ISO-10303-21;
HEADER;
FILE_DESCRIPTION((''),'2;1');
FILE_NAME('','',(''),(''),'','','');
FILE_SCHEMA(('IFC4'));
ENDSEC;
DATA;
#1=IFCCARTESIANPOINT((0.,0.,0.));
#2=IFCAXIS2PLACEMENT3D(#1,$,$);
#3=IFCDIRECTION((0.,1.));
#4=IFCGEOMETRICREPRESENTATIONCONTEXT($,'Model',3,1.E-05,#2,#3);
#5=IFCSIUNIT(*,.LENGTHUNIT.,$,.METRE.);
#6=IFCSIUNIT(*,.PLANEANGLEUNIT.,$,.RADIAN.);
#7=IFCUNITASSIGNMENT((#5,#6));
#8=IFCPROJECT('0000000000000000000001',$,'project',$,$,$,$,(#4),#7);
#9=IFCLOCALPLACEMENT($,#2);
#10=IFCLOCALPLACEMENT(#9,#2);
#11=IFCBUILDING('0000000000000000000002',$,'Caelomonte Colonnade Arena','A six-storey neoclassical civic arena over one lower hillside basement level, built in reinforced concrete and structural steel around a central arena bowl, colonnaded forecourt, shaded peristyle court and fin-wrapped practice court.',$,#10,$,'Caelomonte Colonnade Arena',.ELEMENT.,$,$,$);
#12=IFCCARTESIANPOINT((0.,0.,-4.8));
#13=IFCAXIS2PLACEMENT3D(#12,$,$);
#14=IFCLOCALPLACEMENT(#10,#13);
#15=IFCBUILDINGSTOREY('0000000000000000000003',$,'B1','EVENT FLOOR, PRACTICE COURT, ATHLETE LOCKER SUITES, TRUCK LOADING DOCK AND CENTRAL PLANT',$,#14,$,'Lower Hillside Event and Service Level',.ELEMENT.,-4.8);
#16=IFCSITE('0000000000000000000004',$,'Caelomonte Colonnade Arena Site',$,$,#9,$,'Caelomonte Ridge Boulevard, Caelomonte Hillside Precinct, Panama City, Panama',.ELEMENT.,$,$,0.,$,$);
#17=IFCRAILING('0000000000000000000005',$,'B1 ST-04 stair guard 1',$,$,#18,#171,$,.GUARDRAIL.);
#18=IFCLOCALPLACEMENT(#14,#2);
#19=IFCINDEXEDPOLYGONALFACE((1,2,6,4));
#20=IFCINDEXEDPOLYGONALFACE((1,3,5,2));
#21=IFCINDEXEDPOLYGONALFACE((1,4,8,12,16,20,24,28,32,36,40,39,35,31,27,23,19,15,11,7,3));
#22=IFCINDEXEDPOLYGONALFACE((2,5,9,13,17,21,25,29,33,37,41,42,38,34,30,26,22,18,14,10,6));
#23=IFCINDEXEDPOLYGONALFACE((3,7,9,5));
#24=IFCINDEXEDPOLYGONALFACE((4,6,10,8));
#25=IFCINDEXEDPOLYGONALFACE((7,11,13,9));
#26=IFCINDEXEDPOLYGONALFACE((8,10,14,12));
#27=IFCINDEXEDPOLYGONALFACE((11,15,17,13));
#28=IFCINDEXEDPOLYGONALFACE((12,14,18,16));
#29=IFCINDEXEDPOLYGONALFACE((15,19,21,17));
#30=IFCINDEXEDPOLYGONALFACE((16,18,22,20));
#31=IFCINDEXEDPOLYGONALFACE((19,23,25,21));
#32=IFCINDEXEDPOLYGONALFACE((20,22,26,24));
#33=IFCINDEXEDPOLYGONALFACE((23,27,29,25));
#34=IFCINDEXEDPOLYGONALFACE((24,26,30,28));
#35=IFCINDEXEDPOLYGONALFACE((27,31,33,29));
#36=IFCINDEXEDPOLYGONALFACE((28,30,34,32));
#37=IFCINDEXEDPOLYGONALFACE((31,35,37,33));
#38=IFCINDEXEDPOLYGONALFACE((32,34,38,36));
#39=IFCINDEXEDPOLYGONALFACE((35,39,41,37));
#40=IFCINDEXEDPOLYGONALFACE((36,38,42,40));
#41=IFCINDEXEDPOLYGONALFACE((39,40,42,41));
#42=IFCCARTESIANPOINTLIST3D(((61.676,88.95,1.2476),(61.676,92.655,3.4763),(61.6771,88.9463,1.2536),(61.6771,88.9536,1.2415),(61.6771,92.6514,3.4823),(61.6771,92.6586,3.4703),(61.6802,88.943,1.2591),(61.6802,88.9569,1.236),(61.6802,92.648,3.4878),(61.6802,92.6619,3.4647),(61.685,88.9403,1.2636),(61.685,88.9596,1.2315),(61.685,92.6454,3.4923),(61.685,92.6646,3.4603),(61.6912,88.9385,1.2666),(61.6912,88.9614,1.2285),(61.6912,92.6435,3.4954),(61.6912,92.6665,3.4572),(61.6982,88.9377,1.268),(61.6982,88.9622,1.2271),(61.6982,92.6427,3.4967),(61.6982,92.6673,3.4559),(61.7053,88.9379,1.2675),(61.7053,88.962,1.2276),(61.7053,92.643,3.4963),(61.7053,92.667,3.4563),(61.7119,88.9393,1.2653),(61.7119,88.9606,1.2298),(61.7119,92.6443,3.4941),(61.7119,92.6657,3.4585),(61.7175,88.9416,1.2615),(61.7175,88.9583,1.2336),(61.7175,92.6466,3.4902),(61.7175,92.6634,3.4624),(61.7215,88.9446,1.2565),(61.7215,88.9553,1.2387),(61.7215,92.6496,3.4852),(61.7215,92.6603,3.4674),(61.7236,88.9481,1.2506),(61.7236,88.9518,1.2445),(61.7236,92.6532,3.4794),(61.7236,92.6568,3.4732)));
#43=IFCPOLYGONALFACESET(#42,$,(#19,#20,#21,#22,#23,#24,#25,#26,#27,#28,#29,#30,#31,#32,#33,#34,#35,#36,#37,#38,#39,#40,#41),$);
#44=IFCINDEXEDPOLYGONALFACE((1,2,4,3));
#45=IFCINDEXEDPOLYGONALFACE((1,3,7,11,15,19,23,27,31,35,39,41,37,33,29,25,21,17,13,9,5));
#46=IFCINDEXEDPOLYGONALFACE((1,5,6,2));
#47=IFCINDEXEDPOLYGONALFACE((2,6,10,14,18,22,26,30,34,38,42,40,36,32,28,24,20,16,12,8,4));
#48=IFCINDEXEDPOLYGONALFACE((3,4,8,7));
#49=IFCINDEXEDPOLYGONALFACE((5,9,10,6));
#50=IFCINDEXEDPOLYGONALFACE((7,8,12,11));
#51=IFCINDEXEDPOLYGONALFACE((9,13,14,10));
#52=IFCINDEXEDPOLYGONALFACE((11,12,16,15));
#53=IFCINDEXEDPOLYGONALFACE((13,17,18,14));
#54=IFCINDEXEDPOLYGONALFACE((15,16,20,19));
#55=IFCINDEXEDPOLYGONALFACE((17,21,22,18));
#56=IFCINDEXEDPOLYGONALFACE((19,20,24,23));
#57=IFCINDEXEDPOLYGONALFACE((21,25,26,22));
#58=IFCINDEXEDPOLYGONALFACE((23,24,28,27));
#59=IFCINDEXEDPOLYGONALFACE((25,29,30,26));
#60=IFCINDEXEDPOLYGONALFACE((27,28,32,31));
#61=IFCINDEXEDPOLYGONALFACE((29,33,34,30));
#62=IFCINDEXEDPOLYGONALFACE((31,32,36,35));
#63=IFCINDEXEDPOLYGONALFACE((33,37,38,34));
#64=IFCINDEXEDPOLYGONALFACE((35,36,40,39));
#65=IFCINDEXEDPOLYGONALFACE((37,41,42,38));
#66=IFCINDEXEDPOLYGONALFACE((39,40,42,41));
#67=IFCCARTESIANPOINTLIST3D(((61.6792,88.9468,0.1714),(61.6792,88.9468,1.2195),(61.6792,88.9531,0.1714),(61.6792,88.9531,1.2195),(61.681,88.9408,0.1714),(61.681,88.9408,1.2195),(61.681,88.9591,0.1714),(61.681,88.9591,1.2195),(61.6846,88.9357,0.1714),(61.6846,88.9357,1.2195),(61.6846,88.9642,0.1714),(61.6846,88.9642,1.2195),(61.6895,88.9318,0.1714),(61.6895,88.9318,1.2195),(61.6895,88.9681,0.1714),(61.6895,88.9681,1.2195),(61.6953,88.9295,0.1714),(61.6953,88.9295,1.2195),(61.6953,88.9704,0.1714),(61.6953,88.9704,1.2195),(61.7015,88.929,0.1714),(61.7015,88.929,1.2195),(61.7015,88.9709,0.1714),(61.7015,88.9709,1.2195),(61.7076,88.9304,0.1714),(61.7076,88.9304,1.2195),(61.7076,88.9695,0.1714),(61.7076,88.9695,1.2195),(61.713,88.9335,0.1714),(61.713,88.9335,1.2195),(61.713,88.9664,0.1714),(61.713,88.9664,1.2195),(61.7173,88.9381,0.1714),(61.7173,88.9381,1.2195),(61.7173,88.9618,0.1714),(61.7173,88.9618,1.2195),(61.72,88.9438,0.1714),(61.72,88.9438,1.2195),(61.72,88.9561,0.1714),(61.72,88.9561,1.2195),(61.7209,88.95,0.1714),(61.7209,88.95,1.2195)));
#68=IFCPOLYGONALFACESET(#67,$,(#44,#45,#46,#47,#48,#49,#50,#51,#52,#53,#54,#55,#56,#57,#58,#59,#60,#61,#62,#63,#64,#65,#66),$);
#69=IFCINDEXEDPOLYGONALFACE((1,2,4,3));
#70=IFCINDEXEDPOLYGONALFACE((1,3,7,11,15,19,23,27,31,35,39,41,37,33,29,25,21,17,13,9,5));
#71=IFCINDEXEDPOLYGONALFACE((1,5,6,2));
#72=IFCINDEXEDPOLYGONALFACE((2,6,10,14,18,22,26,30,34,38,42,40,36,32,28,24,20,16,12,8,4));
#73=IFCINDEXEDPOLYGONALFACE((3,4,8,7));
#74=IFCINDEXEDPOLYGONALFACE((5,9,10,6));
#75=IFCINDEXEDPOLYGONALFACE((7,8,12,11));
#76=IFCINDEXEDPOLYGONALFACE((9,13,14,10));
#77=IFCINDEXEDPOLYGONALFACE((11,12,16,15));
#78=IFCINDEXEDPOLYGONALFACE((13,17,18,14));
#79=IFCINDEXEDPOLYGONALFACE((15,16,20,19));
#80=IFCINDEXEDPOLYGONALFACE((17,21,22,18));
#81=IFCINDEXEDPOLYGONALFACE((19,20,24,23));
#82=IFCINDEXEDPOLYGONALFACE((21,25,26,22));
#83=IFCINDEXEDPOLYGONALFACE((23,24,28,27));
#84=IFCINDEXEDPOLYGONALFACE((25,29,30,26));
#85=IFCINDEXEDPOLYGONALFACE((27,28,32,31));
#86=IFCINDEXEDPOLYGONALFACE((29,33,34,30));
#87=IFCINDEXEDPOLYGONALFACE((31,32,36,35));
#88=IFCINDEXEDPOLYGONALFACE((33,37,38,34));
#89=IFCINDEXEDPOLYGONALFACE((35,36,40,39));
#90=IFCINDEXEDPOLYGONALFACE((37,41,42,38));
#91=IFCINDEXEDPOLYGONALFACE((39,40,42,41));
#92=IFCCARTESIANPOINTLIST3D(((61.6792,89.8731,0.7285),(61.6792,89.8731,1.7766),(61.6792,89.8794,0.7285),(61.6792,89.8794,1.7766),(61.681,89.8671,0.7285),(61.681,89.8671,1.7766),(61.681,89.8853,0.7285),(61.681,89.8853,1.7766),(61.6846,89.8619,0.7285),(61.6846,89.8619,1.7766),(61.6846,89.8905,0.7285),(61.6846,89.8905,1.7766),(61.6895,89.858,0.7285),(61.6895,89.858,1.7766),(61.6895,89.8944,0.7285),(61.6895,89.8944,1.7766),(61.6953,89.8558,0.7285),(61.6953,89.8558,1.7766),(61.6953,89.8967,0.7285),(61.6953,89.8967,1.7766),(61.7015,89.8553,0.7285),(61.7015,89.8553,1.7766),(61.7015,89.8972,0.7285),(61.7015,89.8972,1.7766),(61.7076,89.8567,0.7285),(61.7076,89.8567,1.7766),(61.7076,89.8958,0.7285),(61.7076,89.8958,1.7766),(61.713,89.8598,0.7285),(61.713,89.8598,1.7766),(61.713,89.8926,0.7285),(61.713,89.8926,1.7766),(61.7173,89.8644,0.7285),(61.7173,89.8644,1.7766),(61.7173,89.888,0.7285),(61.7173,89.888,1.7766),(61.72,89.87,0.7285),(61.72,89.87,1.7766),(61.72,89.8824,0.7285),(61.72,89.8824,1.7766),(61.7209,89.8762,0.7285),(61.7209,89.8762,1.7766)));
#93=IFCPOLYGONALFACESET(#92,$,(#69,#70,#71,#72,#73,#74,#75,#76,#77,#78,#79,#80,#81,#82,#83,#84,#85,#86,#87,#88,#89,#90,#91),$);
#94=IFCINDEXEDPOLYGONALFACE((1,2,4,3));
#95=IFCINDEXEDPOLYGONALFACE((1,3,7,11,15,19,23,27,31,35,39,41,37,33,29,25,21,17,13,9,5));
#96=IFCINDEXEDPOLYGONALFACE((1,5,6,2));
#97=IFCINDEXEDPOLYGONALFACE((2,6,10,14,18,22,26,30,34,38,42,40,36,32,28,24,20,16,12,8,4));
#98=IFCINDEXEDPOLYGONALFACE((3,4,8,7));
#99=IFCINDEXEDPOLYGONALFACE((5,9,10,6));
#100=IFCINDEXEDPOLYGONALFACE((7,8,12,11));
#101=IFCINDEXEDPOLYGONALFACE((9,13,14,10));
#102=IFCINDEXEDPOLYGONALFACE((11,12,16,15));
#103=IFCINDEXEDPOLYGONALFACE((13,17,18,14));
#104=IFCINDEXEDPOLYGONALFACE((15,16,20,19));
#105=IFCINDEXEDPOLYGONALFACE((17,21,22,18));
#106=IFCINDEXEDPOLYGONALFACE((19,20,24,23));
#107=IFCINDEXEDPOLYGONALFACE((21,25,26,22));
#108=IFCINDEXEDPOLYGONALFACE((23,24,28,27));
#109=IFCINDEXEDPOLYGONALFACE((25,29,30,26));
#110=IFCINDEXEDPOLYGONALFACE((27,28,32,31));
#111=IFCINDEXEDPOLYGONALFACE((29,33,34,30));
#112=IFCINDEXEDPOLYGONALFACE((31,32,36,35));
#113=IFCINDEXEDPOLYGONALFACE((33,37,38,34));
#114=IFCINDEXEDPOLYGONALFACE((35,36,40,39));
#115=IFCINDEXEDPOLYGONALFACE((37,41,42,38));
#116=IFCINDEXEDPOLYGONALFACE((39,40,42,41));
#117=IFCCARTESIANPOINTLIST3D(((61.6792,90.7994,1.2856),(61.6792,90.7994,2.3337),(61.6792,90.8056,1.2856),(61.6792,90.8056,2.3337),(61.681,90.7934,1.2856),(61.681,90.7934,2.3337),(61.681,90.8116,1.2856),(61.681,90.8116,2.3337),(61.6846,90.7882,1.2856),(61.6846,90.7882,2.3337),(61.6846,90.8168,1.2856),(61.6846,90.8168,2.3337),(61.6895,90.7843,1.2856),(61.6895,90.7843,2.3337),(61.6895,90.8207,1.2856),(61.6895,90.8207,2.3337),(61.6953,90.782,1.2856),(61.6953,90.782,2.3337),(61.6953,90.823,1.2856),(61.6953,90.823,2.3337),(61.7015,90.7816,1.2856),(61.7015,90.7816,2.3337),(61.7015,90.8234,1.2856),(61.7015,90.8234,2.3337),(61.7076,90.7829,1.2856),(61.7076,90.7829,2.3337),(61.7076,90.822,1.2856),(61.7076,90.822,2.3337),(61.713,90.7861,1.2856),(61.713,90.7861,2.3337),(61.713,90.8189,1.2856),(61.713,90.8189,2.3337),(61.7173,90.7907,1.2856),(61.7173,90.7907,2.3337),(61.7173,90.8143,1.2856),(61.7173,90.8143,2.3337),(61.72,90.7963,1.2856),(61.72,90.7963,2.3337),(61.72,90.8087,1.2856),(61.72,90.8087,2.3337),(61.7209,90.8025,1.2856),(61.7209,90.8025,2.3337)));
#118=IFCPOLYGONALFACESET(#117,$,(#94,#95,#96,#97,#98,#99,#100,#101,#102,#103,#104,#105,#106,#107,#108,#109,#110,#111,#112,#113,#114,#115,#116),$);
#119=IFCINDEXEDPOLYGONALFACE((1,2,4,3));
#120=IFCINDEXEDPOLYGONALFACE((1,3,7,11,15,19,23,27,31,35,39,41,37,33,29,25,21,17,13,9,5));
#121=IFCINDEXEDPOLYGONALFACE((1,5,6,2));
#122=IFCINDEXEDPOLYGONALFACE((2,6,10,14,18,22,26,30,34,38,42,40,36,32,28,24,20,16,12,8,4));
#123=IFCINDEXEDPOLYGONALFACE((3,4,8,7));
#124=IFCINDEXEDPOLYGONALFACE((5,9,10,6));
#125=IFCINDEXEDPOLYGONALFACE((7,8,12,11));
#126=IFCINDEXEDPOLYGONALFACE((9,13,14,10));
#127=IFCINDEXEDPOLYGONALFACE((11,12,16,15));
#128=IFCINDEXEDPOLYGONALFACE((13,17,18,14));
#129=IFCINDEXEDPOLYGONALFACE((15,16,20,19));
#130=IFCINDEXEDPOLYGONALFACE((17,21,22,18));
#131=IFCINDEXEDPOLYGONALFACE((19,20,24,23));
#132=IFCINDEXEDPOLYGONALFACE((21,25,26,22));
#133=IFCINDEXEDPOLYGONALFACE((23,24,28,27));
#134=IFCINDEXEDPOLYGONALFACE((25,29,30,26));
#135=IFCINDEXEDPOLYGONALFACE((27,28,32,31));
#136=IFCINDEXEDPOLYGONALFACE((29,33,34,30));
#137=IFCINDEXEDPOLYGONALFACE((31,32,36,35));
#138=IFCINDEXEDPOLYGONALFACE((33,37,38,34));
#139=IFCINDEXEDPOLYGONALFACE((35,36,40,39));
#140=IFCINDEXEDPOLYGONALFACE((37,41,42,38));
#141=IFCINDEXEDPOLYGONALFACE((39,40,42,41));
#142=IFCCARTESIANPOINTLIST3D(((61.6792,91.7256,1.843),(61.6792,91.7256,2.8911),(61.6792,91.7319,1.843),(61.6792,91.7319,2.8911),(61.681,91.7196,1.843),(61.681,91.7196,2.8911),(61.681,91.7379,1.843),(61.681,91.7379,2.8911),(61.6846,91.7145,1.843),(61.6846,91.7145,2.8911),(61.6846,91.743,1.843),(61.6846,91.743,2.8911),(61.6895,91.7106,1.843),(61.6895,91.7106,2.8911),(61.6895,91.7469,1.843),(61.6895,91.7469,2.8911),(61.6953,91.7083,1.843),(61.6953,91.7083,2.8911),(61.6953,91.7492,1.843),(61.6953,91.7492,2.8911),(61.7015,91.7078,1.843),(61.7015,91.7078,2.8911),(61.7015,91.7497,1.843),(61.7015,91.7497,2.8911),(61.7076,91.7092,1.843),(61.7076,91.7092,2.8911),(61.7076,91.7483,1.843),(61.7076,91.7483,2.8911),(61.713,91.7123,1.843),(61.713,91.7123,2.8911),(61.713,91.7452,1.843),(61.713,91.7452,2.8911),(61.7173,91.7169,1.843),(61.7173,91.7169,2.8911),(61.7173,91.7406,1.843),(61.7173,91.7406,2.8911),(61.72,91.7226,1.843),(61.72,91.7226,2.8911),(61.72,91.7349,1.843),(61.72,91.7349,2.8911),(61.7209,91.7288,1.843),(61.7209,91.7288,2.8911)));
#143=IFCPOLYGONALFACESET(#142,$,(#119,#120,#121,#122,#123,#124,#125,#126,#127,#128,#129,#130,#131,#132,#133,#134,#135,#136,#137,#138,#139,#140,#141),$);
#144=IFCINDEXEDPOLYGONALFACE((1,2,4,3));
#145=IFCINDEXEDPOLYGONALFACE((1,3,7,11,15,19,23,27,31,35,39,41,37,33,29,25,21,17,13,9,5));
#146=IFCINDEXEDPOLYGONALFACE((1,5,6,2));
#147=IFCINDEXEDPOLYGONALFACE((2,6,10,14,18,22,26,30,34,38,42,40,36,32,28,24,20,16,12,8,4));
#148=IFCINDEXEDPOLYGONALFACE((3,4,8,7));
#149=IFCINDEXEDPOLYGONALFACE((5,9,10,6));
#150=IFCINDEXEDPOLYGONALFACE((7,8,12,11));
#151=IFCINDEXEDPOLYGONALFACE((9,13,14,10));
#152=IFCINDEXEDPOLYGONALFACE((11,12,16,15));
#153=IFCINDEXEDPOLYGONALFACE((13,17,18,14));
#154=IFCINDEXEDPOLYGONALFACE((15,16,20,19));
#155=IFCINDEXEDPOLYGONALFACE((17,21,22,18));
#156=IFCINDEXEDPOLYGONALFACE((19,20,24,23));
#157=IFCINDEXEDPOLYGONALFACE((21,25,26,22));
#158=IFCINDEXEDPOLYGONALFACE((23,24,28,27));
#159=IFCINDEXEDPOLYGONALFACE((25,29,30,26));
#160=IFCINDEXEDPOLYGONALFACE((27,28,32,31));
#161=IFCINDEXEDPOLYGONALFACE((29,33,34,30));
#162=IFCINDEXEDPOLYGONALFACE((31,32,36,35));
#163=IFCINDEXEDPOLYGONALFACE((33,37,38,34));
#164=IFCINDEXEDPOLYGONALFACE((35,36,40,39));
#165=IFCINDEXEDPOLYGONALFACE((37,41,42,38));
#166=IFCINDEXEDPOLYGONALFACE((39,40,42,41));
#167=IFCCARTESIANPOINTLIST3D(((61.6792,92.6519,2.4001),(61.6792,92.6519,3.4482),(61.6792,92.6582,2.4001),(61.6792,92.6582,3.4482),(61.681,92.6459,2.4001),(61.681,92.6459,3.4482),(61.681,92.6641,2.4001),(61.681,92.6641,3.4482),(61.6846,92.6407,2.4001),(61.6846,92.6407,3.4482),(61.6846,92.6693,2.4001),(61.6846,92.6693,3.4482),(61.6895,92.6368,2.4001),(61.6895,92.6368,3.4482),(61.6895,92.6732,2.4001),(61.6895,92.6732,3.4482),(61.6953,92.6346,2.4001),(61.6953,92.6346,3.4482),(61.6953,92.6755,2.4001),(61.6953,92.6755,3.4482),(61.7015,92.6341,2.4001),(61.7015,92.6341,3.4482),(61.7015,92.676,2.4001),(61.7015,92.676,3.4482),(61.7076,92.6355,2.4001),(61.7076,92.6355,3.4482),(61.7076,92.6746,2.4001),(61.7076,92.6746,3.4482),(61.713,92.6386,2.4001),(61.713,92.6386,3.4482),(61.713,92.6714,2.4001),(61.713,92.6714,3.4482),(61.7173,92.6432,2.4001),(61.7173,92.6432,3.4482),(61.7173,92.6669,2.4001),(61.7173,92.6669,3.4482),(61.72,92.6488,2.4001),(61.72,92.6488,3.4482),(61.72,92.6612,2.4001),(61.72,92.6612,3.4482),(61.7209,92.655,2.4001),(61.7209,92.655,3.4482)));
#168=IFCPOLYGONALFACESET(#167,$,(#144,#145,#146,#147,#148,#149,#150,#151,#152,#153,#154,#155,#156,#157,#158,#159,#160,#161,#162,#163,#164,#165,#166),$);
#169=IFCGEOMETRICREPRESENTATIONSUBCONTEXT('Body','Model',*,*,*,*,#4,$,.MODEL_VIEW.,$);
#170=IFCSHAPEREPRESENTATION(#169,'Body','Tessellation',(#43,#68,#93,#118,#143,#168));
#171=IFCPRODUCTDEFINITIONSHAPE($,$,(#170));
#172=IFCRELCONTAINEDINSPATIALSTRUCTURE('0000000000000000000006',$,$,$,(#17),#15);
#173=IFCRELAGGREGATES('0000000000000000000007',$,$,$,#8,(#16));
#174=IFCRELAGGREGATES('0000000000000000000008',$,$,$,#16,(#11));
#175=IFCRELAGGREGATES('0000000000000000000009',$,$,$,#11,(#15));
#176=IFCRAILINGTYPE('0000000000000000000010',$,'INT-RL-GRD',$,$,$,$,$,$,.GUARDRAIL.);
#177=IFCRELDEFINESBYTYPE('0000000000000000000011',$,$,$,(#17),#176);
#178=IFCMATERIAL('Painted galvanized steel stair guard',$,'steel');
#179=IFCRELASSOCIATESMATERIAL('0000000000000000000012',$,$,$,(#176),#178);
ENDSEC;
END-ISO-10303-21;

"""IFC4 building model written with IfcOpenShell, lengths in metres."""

from ifc_helpers import new_model, si_unit, direction, frame, origin, origin_2d, place, context, subcontext, project, spatial, circle, extrude, material, type_object, element, save


model = new_model("IFC4")

# Units and contexts
model_context = context("Model", 3, precision=1e-05, world=origin(), true_north=direction((0.0, 1.0)))
body_context = subcontext(model_context, "Body", "Model", "MODEL_VIEW")
ifc_project = project(units=[si_unit("LENGTHUNIT", "METRE"), si_unit("PLANEANGLEUNIT", "RADIAN")], contexts=[model_context])

# Site, building, storey
site_placement = place(None, origin())
site = spatial("IfcSite", under=ifc_project, at=site_placement, Name="Caelomonte Colonnade Arena Site", LongName="Caelomonte Ridge Boulevard, Caelomonte Hillside Precinct, Panama City, Panama", CompositionType="ELEMENT", RefElevation=0.0)
building_placement = place(site_placement, origin())
building = spatial("IfcBuilding", under=site, at=building_placement, Name="Caelomonte Colonnade Arena", Description="A six-storey neoclassical civic arena over one lower hillside basement level, built in reinforced concrete and structural steel around a central arena bowl, colonnaded forecourt, shaded peristyle court and fin-wrapped practice court.", LongName="Caelomonte Colonnade Arena", CompositionType="ELEMENT")
storey_placement = place(building_placement, frame((0.0, 0.0, -4.8)))
storey = spatial("IfcBuildingStorey", under=building, at=storey_placement, Name="B1", Description="EVENT FLOOR, PRACTICE COURT, ATHLETE LOCKER SUITES, TRUCK LOADING DOCK AND CENTRAL PLANT", LongName="Lower Hillside Event and Service Level", CompositionType="ELEMENT", Elevation=-4.8)

# Railing
ifc_material_1 = material(Name="Painted galvanized steel stair guard", Category="steel")
railing_type_1 = type_object("IfcRailingType", Name="INT-RL-GRD", PredefinedType="GUARDRAIL", material=ifc_material_1)
railing_1_placement = place(storey_placement, frame((61.7, 88.95, 0.1714)))
element("IfcRailing", 1, at=railing_1_placement, inside=storey, type_object=railing_type_1, Name="B1 ST-04 stair guard 1", PredefinedType="GUARDRAIL", context=body_context, shape_type="SweptSolid", body=[
    extrude(circle(Radius=0.0239, at=origin_2d()), frame((0.0, 0.0, 1.0762), z_axis=(0.0, 0.856909, 0.515467), x_axis=(-1.0, 0.0, 0.0)), (0.0, 0.0, 1.0), 4.3237),
    extrude(circle(Radius=0.021, at=origin_2d()), origin(), (0.0, 0.0, 1.0), 1.0481),
    extrude(circle(Radius=0.021, at=origin_2d()), frame((0.0, 0.9263, 0.5571)), (0.0, 0.0, 1.0), 1.0481),
    extrude(circle(Radius=0.021, at=origin_2d()), frame((0.0, 1.8525, 1.1143)), (0.0, 0.0, 1.0), 1.0481),
    extrude(circle(Radius=0.021, at=origin_2d()), frame((0.0, 2.7788, 1.6716)), (0.0, 0.0, 1.0), 1.0481),
    extrude(circle(Radius=0.021, at=origin_2d()), frame((0.0, 3.7051, 2.2288)), (0.0, 0.0, 1.0), 1.0481),
])

save(model, "model.ifc")
